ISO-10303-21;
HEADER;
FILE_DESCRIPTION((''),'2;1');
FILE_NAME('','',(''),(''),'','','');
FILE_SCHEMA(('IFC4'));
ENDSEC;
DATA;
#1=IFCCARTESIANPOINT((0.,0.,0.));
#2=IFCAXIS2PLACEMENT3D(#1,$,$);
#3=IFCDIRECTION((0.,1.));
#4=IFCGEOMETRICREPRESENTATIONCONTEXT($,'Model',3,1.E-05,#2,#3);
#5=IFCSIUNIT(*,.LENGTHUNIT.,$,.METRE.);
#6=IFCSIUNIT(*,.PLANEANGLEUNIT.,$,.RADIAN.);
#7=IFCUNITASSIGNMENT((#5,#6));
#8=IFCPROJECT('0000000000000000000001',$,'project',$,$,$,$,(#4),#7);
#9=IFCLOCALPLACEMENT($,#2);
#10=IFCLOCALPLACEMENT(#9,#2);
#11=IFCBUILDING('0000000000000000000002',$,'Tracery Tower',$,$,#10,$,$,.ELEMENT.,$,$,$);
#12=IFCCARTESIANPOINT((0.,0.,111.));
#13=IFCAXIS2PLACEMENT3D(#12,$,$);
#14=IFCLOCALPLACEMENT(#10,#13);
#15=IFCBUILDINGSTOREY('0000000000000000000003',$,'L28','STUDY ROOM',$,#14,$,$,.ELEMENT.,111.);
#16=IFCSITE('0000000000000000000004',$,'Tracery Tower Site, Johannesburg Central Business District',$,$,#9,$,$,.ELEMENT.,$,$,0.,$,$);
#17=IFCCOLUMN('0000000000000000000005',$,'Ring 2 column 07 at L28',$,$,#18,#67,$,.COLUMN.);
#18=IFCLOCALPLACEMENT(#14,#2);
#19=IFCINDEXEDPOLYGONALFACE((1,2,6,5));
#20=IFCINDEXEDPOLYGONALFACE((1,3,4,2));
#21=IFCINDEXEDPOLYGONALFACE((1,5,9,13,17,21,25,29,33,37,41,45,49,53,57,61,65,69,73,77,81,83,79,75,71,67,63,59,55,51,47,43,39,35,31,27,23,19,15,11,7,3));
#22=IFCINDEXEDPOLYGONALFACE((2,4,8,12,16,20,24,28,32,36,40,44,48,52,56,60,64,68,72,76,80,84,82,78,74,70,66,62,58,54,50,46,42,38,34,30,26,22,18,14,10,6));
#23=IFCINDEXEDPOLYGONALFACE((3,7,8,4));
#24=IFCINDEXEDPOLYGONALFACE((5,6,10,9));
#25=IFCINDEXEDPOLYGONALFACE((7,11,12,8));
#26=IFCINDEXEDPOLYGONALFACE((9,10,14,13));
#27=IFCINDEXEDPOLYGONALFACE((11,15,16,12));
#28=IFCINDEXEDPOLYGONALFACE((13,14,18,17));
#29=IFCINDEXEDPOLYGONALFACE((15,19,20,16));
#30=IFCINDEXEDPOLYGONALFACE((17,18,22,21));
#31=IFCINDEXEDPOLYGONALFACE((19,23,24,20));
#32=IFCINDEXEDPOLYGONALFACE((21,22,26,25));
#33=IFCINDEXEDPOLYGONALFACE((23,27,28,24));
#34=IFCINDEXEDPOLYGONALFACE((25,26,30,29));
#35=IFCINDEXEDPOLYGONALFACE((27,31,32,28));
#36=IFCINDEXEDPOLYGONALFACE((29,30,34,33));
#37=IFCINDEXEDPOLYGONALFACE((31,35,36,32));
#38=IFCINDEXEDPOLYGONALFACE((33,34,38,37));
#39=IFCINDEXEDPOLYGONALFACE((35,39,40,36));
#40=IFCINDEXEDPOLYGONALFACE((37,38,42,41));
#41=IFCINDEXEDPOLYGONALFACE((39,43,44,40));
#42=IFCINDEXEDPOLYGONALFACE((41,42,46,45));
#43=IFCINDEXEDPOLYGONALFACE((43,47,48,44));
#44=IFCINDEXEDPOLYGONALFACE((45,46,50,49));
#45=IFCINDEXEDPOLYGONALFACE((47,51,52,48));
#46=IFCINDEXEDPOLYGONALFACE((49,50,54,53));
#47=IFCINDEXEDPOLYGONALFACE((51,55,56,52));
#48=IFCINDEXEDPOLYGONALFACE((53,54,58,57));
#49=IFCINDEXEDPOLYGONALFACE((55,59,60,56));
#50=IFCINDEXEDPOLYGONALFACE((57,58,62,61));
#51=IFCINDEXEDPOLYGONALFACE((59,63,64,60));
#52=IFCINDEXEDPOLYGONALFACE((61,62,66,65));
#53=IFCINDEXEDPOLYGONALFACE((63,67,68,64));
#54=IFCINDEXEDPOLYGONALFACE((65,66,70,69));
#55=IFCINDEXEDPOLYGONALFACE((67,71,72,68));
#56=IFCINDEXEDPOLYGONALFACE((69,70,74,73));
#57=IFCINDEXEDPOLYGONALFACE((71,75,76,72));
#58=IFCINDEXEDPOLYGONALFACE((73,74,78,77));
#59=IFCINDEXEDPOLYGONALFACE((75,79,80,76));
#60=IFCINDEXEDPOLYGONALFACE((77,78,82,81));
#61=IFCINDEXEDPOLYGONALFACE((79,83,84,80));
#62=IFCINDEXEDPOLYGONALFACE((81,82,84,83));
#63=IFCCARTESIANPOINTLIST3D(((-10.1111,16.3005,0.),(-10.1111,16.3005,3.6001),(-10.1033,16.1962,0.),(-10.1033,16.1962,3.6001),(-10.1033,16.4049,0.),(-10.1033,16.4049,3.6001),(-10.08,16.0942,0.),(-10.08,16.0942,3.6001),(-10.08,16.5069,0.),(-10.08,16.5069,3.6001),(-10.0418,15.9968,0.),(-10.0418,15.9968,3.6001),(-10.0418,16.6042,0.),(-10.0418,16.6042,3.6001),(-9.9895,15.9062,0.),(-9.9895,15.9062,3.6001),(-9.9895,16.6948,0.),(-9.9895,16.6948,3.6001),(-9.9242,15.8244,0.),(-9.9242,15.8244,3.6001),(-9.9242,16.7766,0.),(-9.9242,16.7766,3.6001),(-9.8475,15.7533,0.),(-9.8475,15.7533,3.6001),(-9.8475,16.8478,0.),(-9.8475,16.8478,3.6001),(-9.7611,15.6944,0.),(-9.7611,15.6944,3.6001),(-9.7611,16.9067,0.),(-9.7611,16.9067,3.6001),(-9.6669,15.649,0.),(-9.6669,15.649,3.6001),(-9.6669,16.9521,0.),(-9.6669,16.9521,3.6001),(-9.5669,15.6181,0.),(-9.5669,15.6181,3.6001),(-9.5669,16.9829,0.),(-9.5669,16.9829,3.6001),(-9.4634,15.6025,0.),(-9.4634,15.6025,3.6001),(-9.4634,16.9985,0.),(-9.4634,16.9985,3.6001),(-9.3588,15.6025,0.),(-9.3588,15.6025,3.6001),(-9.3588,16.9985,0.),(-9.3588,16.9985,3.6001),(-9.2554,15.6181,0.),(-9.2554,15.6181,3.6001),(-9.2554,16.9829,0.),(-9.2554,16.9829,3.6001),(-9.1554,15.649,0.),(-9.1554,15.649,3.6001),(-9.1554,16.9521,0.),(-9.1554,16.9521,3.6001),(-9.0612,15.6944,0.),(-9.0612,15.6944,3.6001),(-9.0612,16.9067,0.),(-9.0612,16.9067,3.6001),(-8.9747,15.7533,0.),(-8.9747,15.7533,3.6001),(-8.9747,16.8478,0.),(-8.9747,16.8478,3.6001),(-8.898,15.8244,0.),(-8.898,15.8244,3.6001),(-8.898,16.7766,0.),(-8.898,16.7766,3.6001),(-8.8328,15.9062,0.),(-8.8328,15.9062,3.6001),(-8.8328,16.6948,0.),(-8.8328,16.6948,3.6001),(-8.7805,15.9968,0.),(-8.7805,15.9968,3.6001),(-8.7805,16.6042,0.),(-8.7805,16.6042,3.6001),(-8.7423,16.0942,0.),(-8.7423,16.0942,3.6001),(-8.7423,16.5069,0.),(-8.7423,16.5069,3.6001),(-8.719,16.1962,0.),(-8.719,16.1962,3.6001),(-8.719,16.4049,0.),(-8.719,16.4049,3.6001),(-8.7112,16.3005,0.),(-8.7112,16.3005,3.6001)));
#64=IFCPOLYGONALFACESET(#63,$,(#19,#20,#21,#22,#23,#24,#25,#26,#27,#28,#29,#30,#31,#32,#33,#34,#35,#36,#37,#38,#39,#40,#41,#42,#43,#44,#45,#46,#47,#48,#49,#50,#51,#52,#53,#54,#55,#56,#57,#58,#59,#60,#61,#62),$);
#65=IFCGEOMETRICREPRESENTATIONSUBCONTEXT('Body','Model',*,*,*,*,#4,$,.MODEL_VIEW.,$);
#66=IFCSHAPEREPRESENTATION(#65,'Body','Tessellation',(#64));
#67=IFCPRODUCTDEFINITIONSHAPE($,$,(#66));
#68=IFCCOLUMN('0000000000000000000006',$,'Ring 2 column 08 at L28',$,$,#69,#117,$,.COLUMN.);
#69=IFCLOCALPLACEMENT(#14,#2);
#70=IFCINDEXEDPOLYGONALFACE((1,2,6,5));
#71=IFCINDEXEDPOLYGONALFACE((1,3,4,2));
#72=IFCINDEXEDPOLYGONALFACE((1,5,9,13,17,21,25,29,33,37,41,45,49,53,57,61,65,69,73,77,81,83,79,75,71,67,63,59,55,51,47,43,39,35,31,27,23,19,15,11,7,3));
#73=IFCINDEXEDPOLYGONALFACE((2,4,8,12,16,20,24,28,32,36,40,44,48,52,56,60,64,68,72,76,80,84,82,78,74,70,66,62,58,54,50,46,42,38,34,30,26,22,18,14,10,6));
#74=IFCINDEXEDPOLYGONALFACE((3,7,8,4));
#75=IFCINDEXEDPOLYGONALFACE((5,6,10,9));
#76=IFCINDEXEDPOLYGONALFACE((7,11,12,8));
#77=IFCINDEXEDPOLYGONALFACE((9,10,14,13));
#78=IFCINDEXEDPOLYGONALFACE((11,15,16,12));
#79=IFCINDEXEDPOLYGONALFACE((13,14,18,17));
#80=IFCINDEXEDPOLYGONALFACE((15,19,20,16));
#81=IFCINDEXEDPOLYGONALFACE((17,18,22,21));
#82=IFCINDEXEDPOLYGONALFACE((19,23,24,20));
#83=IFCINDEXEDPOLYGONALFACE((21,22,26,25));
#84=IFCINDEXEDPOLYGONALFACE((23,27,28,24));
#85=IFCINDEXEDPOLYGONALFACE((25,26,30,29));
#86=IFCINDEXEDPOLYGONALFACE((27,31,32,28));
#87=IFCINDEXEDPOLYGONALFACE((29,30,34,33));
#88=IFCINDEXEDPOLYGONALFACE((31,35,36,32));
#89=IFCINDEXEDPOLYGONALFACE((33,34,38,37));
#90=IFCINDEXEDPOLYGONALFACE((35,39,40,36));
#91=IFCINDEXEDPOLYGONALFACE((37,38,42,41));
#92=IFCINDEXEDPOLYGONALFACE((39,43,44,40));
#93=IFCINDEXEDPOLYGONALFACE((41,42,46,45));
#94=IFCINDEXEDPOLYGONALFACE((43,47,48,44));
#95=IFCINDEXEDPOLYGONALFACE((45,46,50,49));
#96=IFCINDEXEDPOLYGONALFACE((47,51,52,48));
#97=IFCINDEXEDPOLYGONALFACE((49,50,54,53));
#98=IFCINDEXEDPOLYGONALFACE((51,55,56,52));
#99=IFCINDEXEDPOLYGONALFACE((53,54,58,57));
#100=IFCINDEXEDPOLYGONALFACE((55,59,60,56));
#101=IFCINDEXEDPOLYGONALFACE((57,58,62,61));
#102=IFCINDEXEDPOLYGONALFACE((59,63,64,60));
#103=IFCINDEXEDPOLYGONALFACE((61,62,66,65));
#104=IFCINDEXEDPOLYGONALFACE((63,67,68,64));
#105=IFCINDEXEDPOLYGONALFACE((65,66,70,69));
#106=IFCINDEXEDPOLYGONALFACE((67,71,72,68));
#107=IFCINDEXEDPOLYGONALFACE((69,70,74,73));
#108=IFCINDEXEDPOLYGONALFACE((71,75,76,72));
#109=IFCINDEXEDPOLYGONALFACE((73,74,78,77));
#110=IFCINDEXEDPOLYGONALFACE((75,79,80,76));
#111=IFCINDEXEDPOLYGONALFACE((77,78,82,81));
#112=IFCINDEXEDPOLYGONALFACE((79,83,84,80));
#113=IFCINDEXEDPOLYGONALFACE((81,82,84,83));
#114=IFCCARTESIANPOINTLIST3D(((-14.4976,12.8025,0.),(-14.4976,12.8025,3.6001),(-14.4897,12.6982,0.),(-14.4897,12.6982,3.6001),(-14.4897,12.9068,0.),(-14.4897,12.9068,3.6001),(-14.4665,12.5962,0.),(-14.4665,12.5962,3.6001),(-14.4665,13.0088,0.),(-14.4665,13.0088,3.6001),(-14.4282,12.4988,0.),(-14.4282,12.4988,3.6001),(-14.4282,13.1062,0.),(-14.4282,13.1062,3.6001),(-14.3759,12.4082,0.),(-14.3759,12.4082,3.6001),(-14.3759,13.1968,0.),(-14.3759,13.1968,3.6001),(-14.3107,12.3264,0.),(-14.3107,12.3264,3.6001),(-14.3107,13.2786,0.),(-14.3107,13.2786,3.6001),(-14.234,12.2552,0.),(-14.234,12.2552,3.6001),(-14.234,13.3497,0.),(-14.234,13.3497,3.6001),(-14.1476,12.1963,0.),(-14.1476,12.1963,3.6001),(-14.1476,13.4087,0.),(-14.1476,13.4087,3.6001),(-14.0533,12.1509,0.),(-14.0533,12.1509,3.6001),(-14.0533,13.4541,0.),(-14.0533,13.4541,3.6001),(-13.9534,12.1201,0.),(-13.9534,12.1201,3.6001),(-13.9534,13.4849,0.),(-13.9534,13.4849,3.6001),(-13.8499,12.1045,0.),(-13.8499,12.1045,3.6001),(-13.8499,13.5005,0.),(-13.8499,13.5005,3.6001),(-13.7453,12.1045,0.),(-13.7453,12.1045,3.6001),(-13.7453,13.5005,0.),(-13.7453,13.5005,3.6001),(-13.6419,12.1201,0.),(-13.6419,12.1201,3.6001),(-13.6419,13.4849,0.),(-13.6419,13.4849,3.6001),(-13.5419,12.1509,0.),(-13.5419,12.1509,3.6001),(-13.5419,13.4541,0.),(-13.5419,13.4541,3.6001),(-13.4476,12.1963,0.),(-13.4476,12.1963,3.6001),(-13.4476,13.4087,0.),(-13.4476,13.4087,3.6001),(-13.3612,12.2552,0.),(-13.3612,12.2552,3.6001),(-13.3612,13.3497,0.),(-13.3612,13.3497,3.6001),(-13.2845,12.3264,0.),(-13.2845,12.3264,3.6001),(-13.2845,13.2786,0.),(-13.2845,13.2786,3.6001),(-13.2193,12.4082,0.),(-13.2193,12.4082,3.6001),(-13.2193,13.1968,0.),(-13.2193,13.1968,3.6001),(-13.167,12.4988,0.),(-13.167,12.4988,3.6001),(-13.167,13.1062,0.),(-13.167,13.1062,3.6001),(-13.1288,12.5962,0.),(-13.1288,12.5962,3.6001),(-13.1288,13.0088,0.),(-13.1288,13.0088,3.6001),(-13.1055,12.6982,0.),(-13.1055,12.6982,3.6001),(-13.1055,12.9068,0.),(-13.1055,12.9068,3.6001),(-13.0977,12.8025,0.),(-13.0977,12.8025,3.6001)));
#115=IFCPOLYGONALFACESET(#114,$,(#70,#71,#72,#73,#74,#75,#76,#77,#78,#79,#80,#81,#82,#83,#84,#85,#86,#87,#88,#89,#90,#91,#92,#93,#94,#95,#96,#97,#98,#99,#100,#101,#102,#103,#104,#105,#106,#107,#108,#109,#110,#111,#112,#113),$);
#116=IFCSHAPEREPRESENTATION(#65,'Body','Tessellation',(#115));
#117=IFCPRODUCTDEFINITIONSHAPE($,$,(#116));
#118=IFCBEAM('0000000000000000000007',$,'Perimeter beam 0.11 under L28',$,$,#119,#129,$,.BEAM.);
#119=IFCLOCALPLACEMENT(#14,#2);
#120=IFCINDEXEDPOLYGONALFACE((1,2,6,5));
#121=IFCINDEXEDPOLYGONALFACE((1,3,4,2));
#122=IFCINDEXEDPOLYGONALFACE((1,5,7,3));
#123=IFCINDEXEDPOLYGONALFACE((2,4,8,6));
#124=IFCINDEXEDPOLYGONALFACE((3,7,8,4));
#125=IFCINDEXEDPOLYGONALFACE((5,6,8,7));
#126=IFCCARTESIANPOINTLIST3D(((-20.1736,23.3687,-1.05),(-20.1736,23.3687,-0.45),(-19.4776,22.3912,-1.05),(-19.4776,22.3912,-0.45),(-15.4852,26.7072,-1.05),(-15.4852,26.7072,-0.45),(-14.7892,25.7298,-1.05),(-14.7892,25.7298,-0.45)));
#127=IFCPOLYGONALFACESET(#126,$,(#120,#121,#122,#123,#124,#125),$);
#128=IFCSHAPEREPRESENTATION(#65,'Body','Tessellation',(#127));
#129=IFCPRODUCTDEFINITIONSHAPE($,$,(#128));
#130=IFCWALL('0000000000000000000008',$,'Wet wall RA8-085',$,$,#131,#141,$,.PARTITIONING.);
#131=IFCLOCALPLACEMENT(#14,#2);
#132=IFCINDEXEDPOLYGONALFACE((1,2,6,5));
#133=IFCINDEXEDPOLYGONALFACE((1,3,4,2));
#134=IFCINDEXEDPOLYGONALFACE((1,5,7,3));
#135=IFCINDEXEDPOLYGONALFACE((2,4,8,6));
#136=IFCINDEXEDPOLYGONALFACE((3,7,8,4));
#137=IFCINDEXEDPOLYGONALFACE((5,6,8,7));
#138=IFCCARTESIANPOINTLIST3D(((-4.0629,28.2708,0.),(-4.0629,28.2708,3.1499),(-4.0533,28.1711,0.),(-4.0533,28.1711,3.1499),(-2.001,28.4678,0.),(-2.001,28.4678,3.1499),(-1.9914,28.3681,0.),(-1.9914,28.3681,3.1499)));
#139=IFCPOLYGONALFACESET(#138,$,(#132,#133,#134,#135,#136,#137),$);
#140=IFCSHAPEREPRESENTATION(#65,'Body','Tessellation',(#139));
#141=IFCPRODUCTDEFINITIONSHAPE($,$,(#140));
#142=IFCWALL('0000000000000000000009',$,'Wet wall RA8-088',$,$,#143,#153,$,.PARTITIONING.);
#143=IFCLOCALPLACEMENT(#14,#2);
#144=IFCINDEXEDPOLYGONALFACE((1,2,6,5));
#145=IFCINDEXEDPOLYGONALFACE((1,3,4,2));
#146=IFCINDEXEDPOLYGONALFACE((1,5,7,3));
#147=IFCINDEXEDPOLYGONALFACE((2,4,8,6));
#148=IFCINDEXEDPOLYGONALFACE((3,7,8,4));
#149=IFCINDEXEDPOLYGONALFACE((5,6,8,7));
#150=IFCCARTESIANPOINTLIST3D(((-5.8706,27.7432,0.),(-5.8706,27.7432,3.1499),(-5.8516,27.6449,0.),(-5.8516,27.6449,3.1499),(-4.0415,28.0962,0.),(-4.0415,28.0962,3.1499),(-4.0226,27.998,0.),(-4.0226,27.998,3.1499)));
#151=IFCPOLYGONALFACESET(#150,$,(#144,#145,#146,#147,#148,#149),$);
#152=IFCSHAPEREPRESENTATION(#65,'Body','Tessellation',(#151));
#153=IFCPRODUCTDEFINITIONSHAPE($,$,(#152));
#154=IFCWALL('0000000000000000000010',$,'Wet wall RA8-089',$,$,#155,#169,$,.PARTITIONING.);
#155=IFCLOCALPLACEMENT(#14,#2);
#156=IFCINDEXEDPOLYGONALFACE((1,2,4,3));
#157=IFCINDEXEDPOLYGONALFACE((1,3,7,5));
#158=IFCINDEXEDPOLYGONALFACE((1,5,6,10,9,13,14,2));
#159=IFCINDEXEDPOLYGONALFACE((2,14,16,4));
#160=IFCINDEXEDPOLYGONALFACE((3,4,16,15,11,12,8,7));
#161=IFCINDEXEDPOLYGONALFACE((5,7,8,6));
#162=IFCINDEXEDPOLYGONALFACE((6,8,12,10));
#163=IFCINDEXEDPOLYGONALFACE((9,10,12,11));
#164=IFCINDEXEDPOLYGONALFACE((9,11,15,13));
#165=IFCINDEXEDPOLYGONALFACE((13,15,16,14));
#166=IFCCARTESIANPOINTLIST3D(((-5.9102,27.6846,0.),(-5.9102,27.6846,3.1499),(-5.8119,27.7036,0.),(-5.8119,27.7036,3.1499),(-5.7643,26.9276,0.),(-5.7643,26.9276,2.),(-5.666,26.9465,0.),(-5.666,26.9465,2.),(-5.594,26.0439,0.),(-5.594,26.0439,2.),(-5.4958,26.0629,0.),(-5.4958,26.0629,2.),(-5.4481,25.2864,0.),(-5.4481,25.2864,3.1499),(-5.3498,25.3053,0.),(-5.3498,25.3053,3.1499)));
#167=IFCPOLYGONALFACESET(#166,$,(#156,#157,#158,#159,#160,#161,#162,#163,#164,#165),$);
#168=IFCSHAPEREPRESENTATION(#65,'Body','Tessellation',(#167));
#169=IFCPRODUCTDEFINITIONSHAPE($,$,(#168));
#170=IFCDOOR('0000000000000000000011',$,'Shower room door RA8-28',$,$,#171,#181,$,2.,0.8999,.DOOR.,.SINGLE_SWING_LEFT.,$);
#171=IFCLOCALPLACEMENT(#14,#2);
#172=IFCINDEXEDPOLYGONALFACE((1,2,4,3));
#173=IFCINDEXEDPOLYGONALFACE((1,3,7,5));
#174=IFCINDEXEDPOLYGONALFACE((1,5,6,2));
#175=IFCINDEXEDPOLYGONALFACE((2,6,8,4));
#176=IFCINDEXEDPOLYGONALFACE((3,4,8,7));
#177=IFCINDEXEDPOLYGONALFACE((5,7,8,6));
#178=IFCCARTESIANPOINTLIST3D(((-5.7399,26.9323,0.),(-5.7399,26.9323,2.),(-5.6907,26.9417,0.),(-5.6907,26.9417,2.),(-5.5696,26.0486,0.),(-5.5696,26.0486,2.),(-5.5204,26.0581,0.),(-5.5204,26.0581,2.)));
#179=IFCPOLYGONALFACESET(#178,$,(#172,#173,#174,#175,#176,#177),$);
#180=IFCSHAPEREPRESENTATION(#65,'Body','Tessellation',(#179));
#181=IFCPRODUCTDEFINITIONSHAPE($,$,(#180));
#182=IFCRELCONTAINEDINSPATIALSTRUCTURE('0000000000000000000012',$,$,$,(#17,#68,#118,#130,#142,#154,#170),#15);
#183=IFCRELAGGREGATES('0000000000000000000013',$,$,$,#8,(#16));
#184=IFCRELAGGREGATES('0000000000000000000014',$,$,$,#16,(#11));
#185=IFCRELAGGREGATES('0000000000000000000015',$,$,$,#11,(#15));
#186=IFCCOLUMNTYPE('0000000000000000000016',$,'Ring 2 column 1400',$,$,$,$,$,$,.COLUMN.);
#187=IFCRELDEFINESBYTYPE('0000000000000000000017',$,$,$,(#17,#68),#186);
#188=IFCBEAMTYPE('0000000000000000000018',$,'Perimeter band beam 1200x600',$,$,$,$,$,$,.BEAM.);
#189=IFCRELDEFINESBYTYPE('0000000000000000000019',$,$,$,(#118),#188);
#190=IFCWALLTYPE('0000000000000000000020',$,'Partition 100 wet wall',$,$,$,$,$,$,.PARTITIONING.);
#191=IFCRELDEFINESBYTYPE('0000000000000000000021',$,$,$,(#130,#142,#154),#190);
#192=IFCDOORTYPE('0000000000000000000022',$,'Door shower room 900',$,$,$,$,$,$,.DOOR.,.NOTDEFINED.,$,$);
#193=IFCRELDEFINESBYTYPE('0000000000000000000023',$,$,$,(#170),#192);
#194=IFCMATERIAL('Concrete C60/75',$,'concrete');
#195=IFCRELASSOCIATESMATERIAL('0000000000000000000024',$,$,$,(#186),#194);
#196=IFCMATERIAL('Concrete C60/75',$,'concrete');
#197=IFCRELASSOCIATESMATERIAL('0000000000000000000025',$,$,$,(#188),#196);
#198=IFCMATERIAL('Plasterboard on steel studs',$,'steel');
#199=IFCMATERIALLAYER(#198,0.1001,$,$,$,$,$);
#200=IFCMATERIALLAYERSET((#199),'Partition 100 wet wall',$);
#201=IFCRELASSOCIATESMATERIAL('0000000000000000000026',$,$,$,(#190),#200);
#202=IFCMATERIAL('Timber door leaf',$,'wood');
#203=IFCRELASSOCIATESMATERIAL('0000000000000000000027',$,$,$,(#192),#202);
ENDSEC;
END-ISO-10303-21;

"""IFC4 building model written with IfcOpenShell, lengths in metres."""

from ifc_helpers import new_model, si_unit, direction, frame, frame_2d, origin, origin_2d, place, context, subcontext, project, spatial, rectangle, circle, extrude, material, layer, layer_set, material_profile, profile_set, type_object, element, fill, save


model = new_model("IFC4")

# Units and contexts
model_context = context("Model", 3, precision=1e-05, world=origin(), true_north=direction((0.0, 1.0)))
body_context = subcontext(model_context, "Body", "Model", "MODEL_VIEW")
ifc_project = project(units=[si_unit("LENGTHUNIT", "METRE"), si_unit("PLANEANGLEUNIT", "RADIAN")], contexts=[model_context])

# Site, building, storey
site_placement = place(None, origin())
site = spatial("IfcSite", under=ifc_project, at=site_placement, Name="Tracery Tower Site, Johannesburg Central Business District", CompositionType="ELEMENT", RefElevation=0.0)
building_placement = place(site_placement, origin())
building = spatial("IfcBuilding", under=site, at=building_placement, Name="Tracery Tower", CompositionType="ELEMENT")
storey_placement = place(building_placement, frame((0.0, 0.0, 111.0)))
storey = spatial("IfcBuildingStorey", under=building, at=storey_placement, Name="L28", Description="STUDY ROOM", CompositionType="ELEMENT", Elevation=111.0)

# Columns
ifc_material_1 = material(Name="Concrete C60/75", Category="concrete")
ifc_material_profile_1 = material_profile(ifc_material_1, circle(Radius=0.7, at=origin_2d()), Name="RC D1400")
ifc_profile_set_1 = profile_set([ifc_material_profile_1], Name="Concrete C60/75")
column_type_1 = type_object("IfcColumnType", Name="Ring 2 column 1400", PredefinedType="COLUMN", material=ifc_profile_set_1)
for number, where, z_axis, x_axis, name in (
    (1, (-9.4111, 16.3005, 0.0), (0.0, 0.0, 1.0), (1.0, 0.0, 0.0), "Ring 2 column 07 at L28"),
    (2, (-13.7976, 12.8025, 0.0), (0.0, 0.0, 1.0), (1.0, 0.0, 0.0), "Ring 2 column 08 at L28"),
):
    element("IfcColumn", number, at=place(storey_placement, frame(where, z_axis=z_axis, x_axis=x_axis)), inside=storey, type_object=column_type_1, Name=name, PredefinedType="COLUMN", context=body_context, shape_type="SweptSolid", body=[
        extrude(circle(Radius=0.7, at=origin_2d()), origin(), (0.0, 0.0, 1.0), 3.6001),
    ])

# Beam
ifc_material_2 = material(Name="Concrete C60/75", Category="concrete")
ifc_material_profile_2 = material_profile(ifc_material_2, rectangle(XDim=1.2, YDim=0.6001, at=origin_2d()), Name="RC 1200x600")
ifc_profile_set_2 = profile_set([ifc_material_profile_2], Name="Concrete C60/75")
beam_type = type_object("IfcBeamType", Name="Perimeter band beam 1200x600", PredefinedType="BEAM", material=ifc_profile_set_2)
beam_placement = place(storey_placement, frame((-15.1372, 26.2185, -0.75), z_axis=(-0.814578, -0.580054, 0.0), x_axis=(0.580054, -0.814578, 0.0)))
element("IfcBeam", 3, at=beam_placement, inside=storey, type_object=beam_type, Name="Perimeter beam 0.11 under L28", PredefinedType="BEAM", context=body_context, shape_type="SweptSolid", body=[
    extrude(rectangle(XDim=1.2, YDim=0.6001, at=origin_2d()), origin(), (0.0, 0.0, 1.0), 5.7556),
])

# Walls
ifc_material_3 = material(Name="Plasterboard on steel studs", Category="steel")
ifc_layer_1 = layer(ifc_material_3, 0.1001)
ifc_layer_set_1 = layer_set([ifc_layer_1], Name="Partition 100 wet wall")
wall_type_1 = type_object("IfcWallType", Name="Partition 100 wet wall", PredefinedType="PARTITIONING", material=ifc_layer_set_1)
wall_1_placement = place(storey_placement, frame((-4.0581, 28.2209, 0.0), z_axis=(0.0, 0.0, 1.0), x_axis=(0.995466, 0.095115, 0.0)))
element("IfcWall", 4, at=wall_1_placement, inside=storey, type_object=wall_type_1, Name="Wet wall RA8-085", PredefinedType="PARTITIONING", context=body_context, shape_type="SweptSolid", body=[
    extrude(rectangle(XDim=2.0713, YDim=0.1001, at=frame_2d((1.0356, 0.0))), origin(), (0.0, 0.0, 1.0), 3.1499),
])
wall_2_placement = place(storey_placement, frame((-5.8611, 27.6941, 0.0), z_axis=(0.0, 0.0, 1.0), x_axis=(0.981879, 0.189508, 0.0)))
element("IfcWall", 5, at=wall_2_placement, inside=storey, type_object=wall_type_1, Name="Wet wall RA8-088", PredefinedType="PARTITIONING", context=body_context, shape_type="SweptSolid", body=[
    extrude(rectangle(XDim=1.8628, YDim=0.1001, at=frame_2d((0.9314, 0.0))), origin(), (0.0, 0.0, 1.0), 3.1499),
])

# Wall, opening, door
wall_3_placement = place(storey_placement, frame((-5.8611, 27.6941, 0.0), z_axis=(0.0, 0.0, 1.0), x_axis=(0.189229, -0.981933, 0.0)))
wall_3 = element("IfcWall", 6, at=wall_3_placement, inside=storey, type_object=wall_type_1, Name="Wet wall RA8-089", PredefinedType="PARTITIONING", context=body_context, shape_type="SweptSolid", body=[
    extrude(rectangle(XDim=2.4424, YDim=0.1001, at=frame_2d((1.2212, 0.0))), origin(), (0.0, 0.0, 1.0), 3.1499),
])
opening_1_placement = place(wall_3_placement, frame((0.771, 0.0, 0.0)))
opening_1 = element("IfcOpeningElement", 7, at=opening_1_placement, cuts=wall_3, PredefinedType="OPENING", context=body_context, shape_type="SweptSolid", body=[
    extrude(rectangle(XDim=0.8999, YDim=2.0, at=frame_2d((0.45, 1.0))), frame((0.0, 0.05, 0.0), z_axis=(0.0, -1.0, 0.0), x_axis=(1.0, 0.0, 0.0)), (0.0, 0.0, 1.0), 0.1001),
])
ifc_material_4 = material(Name="Timber door leaf", Category="wood")
door_type_1 = type_object("IfcDoorType", Name="Door shower room 900", OperationType="NOTDEFINED", PredefinedType="DOOR", material=ifc_material_4)
door_1_placement = place(opening_1_placement, origin())
door_1 = element("IfcDoor", 8, at=door_1_placement, inside=storey, type_object=door_type_1, Name="Shower room door RA8-28", OperationType="SINGLE_SWING_LEFT", OverallHeight=2.0, OverallWidth=0.8999, PredefinedType="DOOR", context=body_context, shape_type="SweptSolid", body=[
    extrude(rectangle(XDim=0.8999, YDim=2.0, at=frame_2d((0.45, 1.0))), frame((0.0, 0.0249, 0.0), z_axis=(0.0, -1.0, 0.0), x_axis=(1.0, 0.0, 0.0)), (0.0, 0.0, 1.0), 0.05),
])
fill(opening_1, door_1)

save(model, "model.ifc")
